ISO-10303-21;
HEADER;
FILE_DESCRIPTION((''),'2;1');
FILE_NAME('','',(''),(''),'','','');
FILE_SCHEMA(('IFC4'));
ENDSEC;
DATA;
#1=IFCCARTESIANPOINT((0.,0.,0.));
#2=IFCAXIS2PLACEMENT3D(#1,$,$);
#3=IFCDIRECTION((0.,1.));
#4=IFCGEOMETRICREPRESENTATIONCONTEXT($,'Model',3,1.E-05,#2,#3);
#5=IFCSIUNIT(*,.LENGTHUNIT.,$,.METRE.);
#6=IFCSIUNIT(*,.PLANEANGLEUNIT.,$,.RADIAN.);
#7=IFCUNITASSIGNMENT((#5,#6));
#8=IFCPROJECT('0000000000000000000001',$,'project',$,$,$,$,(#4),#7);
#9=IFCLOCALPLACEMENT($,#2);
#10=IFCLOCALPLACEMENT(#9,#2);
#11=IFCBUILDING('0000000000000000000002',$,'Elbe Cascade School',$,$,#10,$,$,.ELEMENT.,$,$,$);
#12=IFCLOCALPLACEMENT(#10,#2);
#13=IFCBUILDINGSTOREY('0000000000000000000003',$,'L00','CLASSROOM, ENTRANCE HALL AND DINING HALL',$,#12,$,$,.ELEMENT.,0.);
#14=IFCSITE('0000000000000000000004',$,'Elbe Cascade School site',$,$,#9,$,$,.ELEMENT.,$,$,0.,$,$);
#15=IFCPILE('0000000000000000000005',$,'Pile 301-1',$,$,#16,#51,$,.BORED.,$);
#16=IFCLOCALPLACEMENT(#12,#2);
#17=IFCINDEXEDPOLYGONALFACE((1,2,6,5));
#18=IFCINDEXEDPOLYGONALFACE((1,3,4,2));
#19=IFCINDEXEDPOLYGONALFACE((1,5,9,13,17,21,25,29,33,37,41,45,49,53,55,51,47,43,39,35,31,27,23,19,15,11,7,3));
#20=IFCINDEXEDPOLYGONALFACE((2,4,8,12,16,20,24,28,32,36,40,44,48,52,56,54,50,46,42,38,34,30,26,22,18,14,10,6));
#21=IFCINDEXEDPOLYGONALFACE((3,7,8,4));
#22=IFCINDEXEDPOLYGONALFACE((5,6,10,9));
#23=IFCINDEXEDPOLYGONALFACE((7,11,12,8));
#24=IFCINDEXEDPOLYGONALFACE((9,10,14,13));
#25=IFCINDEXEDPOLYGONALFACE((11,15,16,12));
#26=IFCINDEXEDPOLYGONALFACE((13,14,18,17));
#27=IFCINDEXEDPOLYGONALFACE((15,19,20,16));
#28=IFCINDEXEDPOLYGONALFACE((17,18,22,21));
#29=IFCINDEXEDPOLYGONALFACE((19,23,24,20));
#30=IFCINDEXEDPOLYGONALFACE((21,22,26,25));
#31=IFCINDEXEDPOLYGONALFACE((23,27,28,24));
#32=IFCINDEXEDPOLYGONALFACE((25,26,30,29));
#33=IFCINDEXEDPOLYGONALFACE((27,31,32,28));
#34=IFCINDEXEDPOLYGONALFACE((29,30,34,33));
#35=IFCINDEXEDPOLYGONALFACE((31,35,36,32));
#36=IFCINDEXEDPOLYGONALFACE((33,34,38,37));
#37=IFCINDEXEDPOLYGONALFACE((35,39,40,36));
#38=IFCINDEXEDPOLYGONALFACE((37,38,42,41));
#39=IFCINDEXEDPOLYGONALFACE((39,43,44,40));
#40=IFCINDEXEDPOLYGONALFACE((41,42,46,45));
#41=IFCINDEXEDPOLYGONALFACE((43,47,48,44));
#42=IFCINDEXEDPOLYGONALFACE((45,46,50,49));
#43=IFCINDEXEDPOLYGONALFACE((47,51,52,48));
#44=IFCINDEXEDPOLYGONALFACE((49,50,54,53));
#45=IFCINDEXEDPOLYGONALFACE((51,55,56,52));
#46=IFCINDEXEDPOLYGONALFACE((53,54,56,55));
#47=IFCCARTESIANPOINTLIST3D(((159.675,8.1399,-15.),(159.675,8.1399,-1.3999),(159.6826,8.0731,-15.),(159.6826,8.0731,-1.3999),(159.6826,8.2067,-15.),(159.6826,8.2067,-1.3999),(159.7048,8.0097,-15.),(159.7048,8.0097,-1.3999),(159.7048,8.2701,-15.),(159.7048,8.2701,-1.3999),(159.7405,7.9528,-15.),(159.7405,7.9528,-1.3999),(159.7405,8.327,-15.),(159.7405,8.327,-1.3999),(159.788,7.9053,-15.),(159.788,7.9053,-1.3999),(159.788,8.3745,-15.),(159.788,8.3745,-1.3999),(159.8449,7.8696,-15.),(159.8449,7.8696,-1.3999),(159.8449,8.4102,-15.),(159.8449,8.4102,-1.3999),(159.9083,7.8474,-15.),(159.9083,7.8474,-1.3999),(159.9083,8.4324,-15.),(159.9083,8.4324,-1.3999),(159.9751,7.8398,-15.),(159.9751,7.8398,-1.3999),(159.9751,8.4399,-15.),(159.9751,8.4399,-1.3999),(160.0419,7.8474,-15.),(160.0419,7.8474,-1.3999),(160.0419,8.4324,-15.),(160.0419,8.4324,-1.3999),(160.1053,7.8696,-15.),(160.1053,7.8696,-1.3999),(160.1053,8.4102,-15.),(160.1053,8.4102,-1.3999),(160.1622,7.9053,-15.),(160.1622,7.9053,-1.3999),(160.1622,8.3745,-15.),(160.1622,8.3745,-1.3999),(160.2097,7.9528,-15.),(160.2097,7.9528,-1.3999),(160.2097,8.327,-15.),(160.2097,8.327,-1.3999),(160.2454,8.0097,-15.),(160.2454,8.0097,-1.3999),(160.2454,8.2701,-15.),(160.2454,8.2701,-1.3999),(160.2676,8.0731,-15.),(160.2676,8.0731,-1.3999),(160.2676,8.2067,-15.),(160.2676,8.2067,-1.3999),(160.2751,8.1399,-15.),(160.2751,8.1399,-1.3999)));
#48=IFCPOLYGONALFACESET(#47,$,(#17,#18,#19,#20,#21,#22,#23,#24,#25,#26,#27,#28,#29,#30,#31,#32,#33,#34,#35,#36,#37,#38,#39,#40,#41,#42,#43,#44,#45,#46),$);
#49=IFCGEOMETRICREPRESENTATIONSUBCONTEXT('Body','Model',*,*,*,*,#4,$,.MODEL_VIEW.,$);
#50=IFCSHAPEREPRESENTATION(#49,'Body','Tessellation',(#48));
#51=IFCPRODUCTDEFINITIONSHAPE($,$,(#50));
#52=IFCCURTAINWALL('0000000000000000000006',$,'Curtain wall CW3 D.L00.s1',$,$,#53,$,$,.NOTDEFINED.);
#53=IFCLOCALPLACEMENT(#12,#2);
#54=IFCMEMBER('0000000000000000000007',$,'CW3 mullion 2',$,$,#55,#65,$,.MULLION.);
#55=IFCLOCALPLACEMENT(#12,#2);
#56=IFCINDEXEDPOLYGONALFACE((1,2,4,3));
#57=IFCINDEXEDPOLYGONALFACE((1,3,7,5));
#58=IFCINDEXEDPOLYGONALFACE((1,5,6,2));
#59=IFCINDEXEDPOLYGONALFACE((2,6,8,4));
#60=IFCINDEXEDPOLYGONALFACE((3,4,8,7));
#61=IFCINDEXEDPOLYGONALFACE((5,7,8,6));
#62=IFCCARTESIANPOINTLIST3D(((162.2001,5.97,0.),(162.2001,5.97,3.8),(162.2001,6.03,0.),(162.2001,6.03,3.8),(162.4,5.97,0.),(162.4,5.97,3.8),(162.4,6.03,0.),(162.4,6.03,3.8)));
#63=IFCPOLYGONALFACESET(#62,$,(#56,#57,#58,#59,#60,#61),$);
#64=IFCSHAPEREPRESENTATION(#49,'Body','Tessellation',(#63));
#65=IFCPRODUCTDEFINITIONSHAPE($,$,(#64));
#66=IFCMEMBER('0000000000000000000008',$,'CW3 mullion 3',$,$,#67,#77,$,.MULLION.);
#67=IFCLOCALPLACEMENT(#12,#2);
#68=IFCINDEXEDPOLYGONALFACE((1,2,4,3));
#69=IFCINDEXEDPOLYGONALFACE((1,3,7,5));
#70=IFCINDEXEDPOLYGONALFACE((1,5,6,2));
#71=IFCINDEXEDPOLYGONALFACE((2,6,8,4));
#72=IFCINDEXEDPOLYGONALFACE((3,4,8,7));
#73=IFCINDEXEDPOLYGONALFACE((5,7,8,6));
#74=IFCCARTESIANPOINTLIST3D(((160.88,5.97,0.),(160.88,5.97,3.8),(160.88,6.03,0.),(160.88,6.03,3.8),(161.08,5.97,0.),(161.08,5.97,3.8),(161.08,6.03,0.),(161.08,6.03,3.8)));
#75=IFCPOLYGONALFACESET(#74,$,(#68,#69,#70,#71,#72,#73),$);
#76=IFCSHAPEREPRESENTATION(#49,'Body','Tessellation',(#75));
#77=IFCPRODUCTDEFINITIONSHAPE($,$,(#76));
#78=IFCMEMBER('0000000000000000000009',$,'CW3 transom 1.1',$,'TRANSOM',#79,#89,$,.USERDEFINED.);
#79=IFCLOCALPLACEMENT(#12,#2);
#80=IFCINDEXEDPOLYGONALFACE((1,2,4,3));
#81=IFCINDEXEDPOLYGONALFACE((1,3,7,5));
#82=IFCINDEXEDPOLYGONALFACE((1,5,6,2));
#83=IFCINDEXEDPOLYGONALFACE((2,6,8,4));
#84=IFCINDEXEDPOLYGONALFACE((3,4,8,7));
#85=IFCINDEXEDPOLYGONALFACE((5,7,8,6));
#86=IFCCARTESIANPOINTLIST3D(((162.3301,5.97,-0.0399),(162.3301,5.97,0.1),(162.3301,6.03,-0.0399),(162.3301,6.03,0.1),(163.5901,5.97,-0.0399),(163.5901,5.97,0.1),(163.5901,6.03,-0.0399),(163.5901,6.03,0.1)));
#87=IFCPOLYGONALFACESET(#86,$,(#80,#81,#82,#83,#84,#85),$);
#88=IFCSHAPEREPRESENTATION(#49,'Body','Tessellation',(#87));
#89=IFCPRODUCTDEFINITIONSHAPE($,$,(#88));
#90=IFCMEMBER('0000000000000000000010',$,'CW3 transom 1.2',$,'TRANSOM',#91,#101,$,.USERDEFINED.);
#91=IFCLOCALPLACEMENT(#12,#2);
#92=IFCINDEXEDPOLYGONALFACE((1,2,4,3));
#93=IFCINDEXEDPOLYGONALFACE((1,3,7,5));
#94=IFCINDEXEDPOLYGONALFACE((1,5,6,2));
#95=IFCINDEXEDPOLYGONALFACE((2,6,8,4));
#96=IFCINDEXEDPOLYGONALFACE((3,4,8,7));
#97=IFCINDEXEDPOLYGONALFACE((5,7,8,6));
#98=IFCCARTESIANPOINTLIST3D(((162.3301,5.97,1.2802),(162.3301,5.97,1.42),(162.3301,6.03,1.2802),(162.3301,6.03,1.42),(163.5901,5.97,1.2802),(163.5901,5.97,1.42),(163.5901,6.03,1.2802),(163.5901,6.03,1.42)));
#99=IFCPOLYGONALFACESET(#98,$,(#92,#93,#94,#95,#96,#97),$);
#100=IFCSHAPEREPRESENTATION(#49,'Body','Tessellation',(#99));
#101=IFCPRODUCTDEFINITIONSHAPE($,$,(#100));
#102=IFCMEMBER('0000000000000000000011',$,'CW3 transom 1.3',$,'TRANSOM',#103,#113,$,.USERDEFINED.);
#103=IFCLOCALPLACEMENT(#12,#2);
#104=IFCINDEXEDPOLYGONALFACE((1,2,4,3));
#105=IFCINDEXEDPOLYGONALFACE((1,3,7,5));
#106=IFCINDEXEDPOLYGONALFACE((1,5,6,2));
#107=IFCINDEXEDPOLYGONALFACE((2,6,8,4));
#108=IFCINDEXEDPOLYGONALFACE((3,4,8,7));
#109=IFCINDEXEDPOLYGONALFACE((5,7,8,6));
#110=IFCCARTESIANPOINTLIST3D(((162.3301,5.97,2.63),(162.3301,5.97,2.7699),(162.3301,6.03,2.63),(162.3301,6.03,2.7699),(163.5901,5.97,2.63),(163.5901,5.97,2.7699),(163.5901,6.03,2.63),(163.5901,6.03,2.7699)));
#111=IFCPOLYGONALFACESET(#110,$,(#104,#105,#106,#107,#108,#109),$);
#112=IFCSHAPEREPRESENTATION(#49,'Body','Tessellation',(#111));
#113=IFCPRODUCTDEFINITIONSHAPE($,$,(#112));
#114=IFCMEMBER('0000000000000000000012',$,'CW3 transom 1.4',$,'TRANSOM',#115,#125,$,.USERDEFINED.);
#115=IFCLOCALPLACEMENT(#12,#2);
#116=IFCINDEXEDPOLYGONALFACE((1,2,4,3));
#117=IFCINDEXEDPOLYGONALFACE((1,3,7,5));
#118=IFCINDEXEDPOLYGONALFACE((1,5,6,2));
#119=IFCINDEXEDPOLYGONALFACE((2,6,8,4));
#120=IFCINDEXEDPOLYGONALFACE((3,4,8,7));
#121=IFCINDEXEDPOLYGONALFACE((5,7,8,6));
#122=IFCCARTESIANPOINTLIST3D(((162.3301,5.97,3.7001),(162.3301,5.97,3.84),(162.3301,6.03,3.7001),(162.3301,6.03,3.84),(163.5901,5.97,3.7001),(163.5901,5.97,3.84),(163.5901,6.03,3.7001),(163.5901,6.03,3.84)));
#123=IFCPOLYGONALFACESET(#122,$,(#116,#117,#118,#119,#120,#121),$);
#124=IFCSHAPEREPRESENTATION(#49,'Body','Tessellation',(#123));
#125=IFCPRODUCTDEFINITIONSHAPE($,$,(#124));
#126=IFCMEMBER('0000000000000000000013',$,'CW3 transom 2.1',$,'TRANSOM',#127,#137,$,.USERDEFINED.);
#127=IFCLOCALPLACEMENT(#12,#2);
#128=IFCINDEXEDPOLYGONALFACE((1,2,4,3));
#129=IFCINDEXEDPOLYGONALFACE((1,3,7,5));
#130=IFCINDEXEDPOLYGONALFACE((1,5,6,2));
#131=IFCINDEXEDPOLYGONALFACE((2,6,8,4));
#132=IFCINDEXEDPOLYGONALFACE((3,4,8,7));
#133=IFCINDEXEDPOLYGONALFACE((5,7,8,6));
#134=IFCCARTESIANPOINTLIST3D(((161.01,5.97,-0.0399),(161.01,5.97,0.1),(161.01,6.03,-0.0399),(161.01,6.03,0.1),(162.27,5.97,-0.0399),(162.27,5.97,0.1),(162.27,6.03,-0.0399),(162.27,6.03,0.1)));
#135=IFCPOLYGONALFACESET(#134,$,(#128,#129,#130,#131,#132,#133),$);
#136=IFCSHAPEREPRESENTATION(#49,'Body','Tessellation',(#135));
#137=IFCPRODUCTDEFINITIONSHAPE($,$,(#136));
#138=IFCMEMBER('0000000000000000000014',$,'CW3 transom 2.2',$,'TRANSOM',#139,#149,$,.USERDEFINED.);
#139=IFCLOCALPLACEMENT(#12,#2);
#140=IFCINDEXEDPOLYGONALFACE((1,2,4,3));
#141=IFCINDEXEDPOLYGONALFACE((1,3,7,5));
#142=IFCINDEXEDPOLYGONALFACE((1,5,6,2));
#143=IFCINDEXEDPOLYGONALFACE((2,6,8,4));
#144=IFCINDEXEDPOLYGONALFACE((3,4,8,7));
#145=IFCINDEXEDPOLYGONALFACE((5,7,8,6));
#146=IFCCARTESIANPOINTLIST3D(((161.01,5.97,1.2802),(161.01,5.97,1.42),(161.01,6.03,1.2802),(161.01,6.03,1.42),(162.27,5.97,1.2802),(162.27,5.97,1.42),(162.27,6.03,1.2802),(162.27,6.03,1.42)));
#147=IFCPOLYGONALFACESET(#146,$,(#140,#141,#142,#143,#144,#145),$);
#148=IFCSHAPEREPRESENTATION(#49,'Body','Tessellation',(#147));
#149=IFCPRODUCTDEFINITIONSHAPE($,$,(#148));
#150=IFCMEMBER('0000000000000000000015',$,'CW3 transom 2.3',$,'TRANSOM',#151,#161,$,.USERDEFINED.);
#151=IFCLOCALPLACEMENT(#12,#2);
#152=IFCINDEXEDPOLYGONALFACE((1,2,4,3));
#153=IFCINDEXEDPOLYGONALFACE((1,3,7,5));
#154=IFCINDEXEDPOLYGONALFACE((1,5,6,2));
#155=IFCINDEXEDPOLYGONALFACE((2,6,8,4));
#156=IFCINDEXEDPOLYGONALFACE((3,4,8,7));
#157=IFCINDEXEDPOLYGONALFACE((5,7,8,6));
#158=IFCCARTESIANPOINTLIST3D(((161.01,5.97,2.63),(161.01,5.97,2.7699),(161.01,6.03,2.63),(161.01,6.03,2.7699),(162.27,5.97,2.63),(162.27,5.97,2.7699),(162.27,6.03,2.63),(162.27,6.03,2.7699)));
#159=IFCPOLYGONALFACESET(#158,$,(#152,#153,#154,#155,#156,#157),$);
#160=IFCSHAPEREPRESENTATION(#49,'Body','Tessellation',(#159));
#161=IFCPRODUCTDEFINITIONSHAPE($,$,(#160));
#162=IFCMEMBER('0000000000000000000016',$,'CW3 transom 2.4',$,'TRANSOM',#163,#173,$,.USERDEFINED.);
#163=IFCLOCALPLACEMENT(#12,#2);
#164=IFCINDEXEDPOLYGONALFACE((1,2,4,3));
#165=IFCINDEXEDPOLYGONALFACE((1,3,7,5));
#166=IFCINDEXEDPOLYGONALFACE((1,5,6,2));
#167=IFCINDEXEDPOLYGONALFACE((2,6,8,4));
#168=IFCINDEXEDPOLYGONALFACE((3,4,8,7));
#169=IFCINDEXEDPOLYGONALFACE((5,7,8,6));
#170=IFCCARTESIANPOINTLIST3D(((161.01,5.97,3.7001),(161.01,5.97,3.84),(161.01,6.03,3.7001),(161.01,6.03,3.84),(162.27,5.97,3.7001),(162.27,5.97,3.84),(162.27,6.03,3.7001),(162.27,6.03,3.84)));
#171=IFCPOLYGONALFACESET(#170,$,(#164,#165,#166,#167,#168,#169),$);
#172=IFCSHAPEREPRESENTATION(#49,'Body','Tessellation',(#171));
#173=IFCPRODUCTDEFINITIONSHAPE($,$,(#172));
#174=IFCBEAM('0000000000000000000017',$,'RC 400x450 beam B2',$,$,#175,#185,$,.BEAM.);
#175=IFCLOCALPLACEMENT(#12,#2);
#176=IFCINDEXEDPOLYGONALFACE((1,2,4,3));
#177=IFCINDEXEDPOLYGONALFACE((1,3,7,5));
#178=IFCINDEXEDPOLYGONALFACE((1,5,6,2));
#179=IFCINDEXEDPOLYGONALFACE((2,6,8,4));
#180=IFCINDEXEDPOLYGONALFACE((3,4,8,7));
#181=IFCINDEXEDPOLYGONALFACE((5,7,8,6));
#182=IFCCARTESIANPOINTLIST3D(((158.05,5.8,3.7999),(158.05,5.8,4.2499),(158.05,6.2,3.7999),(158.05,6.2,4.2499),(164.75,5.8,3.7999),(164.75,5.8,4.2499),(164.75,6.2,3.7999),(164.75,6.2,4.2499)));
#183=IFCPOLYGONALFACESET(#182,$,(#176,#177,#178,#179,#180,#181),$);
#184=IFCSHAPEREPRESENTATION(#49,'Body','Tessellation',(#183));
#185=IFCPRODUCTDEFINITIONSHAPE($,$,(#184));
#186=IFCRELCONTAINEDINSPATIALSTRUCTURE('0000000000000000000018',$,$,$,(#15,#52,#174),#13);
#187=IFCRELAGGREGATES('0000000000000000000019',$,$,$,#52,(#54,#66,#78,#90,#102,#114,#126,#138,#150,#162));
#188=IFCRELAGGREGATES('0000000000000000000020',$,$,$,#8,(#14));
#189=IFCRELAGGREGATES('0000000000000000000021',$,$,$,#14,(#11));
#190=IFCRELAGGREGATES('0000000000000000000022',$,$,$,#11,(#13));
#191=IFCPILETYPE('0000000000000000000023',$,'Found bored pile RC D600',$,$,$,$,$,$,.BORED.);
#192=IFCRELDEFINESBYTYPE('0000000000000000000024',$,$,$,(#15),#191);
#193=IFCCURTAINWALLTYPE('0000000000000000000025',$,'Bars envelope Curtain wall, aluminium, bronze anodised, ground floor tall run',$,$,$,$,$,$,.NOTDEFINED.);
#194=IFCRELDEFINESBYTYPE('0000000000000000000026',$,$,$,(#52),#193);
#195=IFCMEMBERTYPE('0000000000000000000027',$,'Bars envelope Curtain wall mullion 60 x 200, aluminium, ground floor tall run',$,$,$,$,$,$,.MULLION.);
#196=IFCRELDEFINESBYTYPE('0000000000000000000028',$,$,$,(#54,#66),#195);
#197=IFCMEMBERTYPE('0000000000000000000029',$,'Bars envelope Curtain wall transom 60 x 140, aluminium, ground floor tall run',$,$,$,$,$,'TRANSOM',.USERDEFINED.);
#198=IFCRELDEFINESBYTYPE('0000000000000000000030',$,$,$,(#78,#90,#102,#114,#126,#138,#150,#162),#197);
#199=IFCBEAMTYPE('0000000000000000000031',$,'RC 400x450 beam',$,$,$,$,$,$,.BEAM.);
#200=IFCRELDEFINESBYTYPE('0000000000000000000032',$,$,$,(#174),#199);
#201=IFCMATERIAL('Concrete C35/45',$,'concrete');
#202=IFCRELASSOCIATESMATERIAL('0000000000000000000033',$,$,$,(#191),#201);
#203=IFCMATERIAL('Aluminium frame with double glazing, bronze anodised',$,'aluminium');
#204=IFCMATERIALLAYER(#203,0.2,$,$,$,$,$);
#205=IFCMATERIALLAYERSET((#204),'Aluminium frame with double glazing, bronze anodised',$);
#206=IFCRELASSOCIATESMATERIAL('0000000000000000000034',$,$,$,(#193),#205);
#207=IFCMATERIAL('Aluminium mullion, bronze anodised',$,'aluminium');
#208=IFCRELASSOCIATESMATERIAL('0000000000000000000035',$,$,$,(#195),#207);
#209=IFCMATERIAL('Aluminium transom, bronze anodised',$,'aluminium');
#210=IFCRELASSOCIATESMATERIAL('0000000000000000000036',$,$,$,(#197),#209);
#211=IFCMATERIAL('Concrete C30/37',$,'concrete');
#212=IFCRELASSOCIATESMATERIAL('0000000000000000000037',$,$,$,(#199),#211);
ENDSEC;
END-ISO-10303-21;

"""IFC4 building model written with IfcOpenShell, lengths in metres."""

from ifc_helpers import new_model, si_unit, direction, frame, origin, origin_2d, place, context, subcontext, project, spatial, rectangle, circle, extrude, material, layer, layer_set, material_profile, profile_set, type_object, element, aggregate, save


model = new_model("IFC4")

# Units and contexts
model_context = context("Model", 3, precision=1e-05, world=origin(), true_north=direction((0.0, 1.0)))
body_context = subcontext(model_context, "Body", "Model", "MODEL_VIEW")
ifc_project = project(units=[si_unit("LENGTHUNIT", "METRE"), si_unit("PLANEANGLEUNIT", "RADIAN")], contexts=[model_context])

# Site, building, storey
site_placement = place(None, origin())
site = spatial("IfcSite", under=ifc_project, at=site_placement, Name="Elbe Cascade School site", CompositionType="ELEMENT", RefElevation=0.0)
building_placement = place(site_placement, origin())
building = spatial("IfcBuilding", under=site, at=building_placement, Name="Elbe Cascade School", CompositionType="ELEMENT")
storey_placement = place(building_placement, origin())
storey = spatial("IfcBuildingStorey", under=building, at=storey_placement, Name="L00", Description="CLASSROOM, ENTRANCE HALL AND DINING HALL", CompositionType="ELEMENT", Elevation=0.0)

# Pile
ifc_material_1 = material(Name="Concrete C35/45", Category="concrete")
ifc_material_profile_1 = material_profile(ifc_material_1, circle(Radius=0.3, at=origin_2d()), Name="RC D600")
ifc_profile_set_1 = profile_set([ifc_material_profile_1], Name="Concrete C35/45")
pile_type = type_object("IfcPileType", Name="Found bored pile RC D600", PredefinedType="BORED", material=ifc_profile_set_1)
pile_placement = place(storey_placement, frame((159.9751, 8.1399, -1.3999), z_axis=(0.0, 0.0, -1.0), x_axis=(1.0, 0.0, 0.0)))
element("IfcPile", 1, at=pile_placement, inside=storey, type_object=pile_type, Name="Pile 301-1", PredefinedType="BORED", context=body_context, shape_type="SweptSolid", body=[
    extrude(circle(Radius=0.3, at=origin_2d()), origin(), (0.0, 0.0, 1.0), 13.6001),
])

# Curtain wall, members
ifc_material_2 = material(Name="Aluminium frame with double glazing, bronze anodised", Category="aluminium")
ifc_layer_1 = layer(ifc_material_2, 0.2)
ifc_layer_set_1 = layer_set([ifc_layer_1], Name="Aluminium frame with double glazing, bronze anodised")
curtain_wall_type = type_object("IfcCurtainWallType", Name="Bars envelope Curtain wall, aluminium, bronze anodised, ground floor tall run", PredefinedType="NOTDEFINED", material=ifc_layer_set_1)
curtain_wall_placement = place(storey_placement, origin())
curtain_wall = element("IfcCurtainWall", 2, at=curtain_wall_placement, inside=storey, type_object=curtain_wall_type, Name="Curtain wall CW3 D.L00.s1", PredefinedType="NOTDEFINED")
ifc_material_3 = material(Name="Aluminium mullion, bronze anodised", Category="aluminium")
ifc_material_profile_2 = material_profile(ifc_material_3, rectangle(XDim=0.0601, YDim=0.2, at=origin_2d()), Name="Bars envelope Curtain wall mullion 60 x 200, aluminium, ground floor tall run")
ifc_profile_set_2 = profile_set([ifc_material_profile_2], Name="Aluminium mullion, bronze anodised")
member_type_1 = type_object("IfcMemberType", Name="Bars envelope Curtain wall mullion 60 x 200, aluminium, ground floor tall run", PredefinedType="MULLION", material=ifc_profile_set_2)
member_1_placement = place(storey_placement, frame((162.3, 6.0, 0.0), z_axis=(0.0, 0.0, 1.0), x_axis=(0.0, -1.0, 0.0)))
member_1 = element("IfcMember", 3, at=member_1_placement, type_object=member_type_1, Name="CW3 mullion 2", PredefinedType="MULLION", context=body_context, shape_type="SweptSolid", body=[
    extrude(rectangle(XDim=0.0601, YDim=0.2, at=origin_2d()), origin(), (0.0, 0.0, 1.0), 3.8),
])
member_2_placement = place(storey_placement, frame((160.98, 6.0, 0.0), z_axis=(0.0, 0.0, 1.0), x_axis=(0.0, -1.0, 0.0)))
member_2 = element("IfcMember", 4, at=member_2_placement, type_object=member_type_1, Name="CW3 mullion 3", PredefinedType="MULLION", context=body_context, shape_type="SweptSolid", body=[
    extrude(rectangle(XDim=0.0601, YDim=0.2, at=origin_2d()), origin(), (0.0, 0.0, 1.0), 3.8),
])
ifc_material_4 = material(Name="Aluminium transom, bronze anodised", Category="aluminium")
ifc_material_profile_3 = material_profile(ifc_material_4, rectangle(XDim=0.0601, YDim=0.1399, at=origin_2d()), Name="Bars envelope Curtain wall transom 60 x 140, aluminium, ground floor tall run")
ifc_profile_set_3 = profile_set([ifc_material_profile_3], Name="Aluminium transom, bronze anodised")
member_type_2 = type_object("IfcMemberType", Name="Bars envelope Curtain wall transom 60 x 140, aluminium, ground floor tall run", ElementType="TRANSOM", PredefinedType="USERDEFINED", material=ifc_profile_set_3)
member_3_placement = place(storey_placement, frame((163.5901, 6.0, 0.03), z_axis=(-1.0, 0.0, 0.0), x_axis=(0.0, -1.0, 0.0)))
member_3 = element("IfcMember", 5, at=member_3_placement, type_object=member_type_2, Name="CW3 transom 1.1", ObjectType="TRANSOM", PredefinedType="USERDEFINED", context=body_context, shape_type="SweptSolid", body=[
    extrude(rectangle(XDim=0.0601, YDim=0.1399, at=origin_2d()), origin(), (0.0, 0.0, 1.0), 1.26),
])
member_4_placement = place(storey_placement, frame((163.5901, 6.0, 1.3501), z_axis=(-1.0, 0.0, 0.0), x_axis=(0.0, -1.0, 0.0)))
member_4 = element("IfcMember", 6, at=member_4_placement, type_object=member_type_2, Name="CW3 transom 1.2", ObjectType="TRANSOM", PredefinedType="USERDEFINED", context=body_context, shape_type="SweptSolid", body=[
    extrude(rectangle(XDim=0.0601, YDim=0.1399, at=origin_2d()), origin(), (0.0, 0.0, 1.0), 1.26),
])
member_5_placement = place(storey_placement, frame((163.5901, 6.0, 2.7), z_axis=(-1.0, 0.0, 0.0), x_axis=(0.0, -1.0, 0.0)))
member_5 = element("IfcMember", 7, at=member_5_placement, type_object=member_type_2, Name="CW3 transom 1.3", ObjectType="TRANSOM", PredefinedType="USERDEFINED", context=body_context, shape_type="SweptSolid", body=[
    extrude(rectangle(XDim=0.0601, YDim=0.1399, at=origin_2d()), origin(), (0.0, 0.0, 1.0), 1.26),
])
member_6_placement = place(storey_placement, frame((163.5901, 6.0, 3.77), z_axis=(-1.0, 0.0, 0.0), x_axis=(0.0, -1.0, 0.0)))
member_6 = element("IfcMember", 8, at=member_6_placement, type_object=member_type_2, Name="CW3 transom 1.4", ObjectType="TRANSOM", PredefinedType="USERDEFINED", context=body_context, shape_type="SweptSolid", body=[
    extrude(rectangle(XDim=0.0601, YDim=0.1399, at=origin_2d()), origin(), (0.0, 0.0, 1.0), 1.26),
])
member_7_placement = place(storey_placement, frame((162.27, 6.0, 0.03), z_axis=(-1.0, 0.0, 0.0), x_axis=(0.0, -1.0, 0.0)))
member_7 = element("IfcMember", 9, at=member_7_placement, type_object=member_type_2, Name="CW3 transom 2.1", ObjectType="TRANSOM", PredefinedType="USERDEFINED", context=body_context, shape_type="SweptSolid", body=[
    extrude(rectangle(XDim=0.0601, YDim=0.1399, at=origin_2d()), origin(), (0.0, 0.0, 1.0), 1.26),
])
member_8_placement = place(storey_placement, frame((162.27, 6.0, 1.3501), z_axis=(-1.0, 0.0, 0.0), x_axis=(0.0, -1.0, 0.0)))
member_8 = element("IfcMember", 10, at=member_8_placement, type_object=member_type_2, Name="CW3 transom 2.2", ObjectType="TRANSOM", PredefinedType="USERDEFINED", context=body_context, shape_type="SweptSolid", body=[
    extrude(rectangle(XDim=0.0601, YDim=0.1399, at=origin_2d()), origin(), (0.0, 0.0, 1.0), 1.26),
])
member_9_placement = place(storey_placement, frame((162.27, 6.0, 2.7), z_axis=(-1.0, 0.0, 0.0), x_axis=(0.0, -1.0, 0.0)))
member_9 = element("IfcMember", 11, at=member_9_placement, type_object=member_type_2, Name="CW3 transom 2.3", ObjectType="TRANSOM", PredefinedType="USERDEFINED", context=body_context, shape_type="SweptSolid", body=[
    extrude(rectangle(XDim=0.0601, YDim=0.1399, at=origin_2d()), origin(), (0.0, 0.0, 1.0), 1.26),
])
member_10_placement = place(storey_placement, frame((162.27, 6.0, 3.77), z_axis=(-1.0, 0.0, 0.0), x_axis=(0.0, -1.0, 0.0)))
member_10 = element("IfcMember", 12, at=member_10_placement, type_object=member_type_2, Name="CW3 transom 2.4", ObjectType="TRANSOM", PredefinedType="USERDEFINED", context=body_context, shape_type="SweptSolid", body=[
    extrude(rectangle(XDim=0.0601, YDim=0.1399, at=origin_2d()), origin(), (0.0, 0.0, 1.0), 1.26),
])

# Beam
ifc_material_5 = material(Name="Concrete C30/37", Category="concrete")
ifc_material_profile_4 = material_profile(ifc_material_5, rectangle(XDim=0.3999, YDim=0.45, at=origin_2d()), Name="RC 400x450")
ifc_profile_set_4 = profile_set([ifc_material_profile_4], Name="Concrete C30/37")
beam_type = type_object("IfcBeamType", Name="RC 400x450 beam", PredefinedType="BEAM", material=ifc_profile_set_4)
beam_placement = place(storey_placement, frame((158.05, 6.0, 4.0249), z_axis=(1.0, 0.0, 0.0), x_axis=(0.0, 1.0, 0.0)))
element("IfcBeam", 13, at=beam_placement, inside=storey, type_object=beam_type, Name="RC 400x450 beam B2", PredefinedType="BEAM", context=body_context, shape_type="SweptSolid", body=[
    extrude(rectangle(XDim=0.3999, YDim=0.45, at=origin_2d()), origin(), (0.0, 0.0, 1.0), 6.7),
])

aggregate(curtain_wall, [member_1, member_2, member_3, member_4, member_5, member_6, member_7, member_8, member_9, member_10])

save(model, "model.ifc")
